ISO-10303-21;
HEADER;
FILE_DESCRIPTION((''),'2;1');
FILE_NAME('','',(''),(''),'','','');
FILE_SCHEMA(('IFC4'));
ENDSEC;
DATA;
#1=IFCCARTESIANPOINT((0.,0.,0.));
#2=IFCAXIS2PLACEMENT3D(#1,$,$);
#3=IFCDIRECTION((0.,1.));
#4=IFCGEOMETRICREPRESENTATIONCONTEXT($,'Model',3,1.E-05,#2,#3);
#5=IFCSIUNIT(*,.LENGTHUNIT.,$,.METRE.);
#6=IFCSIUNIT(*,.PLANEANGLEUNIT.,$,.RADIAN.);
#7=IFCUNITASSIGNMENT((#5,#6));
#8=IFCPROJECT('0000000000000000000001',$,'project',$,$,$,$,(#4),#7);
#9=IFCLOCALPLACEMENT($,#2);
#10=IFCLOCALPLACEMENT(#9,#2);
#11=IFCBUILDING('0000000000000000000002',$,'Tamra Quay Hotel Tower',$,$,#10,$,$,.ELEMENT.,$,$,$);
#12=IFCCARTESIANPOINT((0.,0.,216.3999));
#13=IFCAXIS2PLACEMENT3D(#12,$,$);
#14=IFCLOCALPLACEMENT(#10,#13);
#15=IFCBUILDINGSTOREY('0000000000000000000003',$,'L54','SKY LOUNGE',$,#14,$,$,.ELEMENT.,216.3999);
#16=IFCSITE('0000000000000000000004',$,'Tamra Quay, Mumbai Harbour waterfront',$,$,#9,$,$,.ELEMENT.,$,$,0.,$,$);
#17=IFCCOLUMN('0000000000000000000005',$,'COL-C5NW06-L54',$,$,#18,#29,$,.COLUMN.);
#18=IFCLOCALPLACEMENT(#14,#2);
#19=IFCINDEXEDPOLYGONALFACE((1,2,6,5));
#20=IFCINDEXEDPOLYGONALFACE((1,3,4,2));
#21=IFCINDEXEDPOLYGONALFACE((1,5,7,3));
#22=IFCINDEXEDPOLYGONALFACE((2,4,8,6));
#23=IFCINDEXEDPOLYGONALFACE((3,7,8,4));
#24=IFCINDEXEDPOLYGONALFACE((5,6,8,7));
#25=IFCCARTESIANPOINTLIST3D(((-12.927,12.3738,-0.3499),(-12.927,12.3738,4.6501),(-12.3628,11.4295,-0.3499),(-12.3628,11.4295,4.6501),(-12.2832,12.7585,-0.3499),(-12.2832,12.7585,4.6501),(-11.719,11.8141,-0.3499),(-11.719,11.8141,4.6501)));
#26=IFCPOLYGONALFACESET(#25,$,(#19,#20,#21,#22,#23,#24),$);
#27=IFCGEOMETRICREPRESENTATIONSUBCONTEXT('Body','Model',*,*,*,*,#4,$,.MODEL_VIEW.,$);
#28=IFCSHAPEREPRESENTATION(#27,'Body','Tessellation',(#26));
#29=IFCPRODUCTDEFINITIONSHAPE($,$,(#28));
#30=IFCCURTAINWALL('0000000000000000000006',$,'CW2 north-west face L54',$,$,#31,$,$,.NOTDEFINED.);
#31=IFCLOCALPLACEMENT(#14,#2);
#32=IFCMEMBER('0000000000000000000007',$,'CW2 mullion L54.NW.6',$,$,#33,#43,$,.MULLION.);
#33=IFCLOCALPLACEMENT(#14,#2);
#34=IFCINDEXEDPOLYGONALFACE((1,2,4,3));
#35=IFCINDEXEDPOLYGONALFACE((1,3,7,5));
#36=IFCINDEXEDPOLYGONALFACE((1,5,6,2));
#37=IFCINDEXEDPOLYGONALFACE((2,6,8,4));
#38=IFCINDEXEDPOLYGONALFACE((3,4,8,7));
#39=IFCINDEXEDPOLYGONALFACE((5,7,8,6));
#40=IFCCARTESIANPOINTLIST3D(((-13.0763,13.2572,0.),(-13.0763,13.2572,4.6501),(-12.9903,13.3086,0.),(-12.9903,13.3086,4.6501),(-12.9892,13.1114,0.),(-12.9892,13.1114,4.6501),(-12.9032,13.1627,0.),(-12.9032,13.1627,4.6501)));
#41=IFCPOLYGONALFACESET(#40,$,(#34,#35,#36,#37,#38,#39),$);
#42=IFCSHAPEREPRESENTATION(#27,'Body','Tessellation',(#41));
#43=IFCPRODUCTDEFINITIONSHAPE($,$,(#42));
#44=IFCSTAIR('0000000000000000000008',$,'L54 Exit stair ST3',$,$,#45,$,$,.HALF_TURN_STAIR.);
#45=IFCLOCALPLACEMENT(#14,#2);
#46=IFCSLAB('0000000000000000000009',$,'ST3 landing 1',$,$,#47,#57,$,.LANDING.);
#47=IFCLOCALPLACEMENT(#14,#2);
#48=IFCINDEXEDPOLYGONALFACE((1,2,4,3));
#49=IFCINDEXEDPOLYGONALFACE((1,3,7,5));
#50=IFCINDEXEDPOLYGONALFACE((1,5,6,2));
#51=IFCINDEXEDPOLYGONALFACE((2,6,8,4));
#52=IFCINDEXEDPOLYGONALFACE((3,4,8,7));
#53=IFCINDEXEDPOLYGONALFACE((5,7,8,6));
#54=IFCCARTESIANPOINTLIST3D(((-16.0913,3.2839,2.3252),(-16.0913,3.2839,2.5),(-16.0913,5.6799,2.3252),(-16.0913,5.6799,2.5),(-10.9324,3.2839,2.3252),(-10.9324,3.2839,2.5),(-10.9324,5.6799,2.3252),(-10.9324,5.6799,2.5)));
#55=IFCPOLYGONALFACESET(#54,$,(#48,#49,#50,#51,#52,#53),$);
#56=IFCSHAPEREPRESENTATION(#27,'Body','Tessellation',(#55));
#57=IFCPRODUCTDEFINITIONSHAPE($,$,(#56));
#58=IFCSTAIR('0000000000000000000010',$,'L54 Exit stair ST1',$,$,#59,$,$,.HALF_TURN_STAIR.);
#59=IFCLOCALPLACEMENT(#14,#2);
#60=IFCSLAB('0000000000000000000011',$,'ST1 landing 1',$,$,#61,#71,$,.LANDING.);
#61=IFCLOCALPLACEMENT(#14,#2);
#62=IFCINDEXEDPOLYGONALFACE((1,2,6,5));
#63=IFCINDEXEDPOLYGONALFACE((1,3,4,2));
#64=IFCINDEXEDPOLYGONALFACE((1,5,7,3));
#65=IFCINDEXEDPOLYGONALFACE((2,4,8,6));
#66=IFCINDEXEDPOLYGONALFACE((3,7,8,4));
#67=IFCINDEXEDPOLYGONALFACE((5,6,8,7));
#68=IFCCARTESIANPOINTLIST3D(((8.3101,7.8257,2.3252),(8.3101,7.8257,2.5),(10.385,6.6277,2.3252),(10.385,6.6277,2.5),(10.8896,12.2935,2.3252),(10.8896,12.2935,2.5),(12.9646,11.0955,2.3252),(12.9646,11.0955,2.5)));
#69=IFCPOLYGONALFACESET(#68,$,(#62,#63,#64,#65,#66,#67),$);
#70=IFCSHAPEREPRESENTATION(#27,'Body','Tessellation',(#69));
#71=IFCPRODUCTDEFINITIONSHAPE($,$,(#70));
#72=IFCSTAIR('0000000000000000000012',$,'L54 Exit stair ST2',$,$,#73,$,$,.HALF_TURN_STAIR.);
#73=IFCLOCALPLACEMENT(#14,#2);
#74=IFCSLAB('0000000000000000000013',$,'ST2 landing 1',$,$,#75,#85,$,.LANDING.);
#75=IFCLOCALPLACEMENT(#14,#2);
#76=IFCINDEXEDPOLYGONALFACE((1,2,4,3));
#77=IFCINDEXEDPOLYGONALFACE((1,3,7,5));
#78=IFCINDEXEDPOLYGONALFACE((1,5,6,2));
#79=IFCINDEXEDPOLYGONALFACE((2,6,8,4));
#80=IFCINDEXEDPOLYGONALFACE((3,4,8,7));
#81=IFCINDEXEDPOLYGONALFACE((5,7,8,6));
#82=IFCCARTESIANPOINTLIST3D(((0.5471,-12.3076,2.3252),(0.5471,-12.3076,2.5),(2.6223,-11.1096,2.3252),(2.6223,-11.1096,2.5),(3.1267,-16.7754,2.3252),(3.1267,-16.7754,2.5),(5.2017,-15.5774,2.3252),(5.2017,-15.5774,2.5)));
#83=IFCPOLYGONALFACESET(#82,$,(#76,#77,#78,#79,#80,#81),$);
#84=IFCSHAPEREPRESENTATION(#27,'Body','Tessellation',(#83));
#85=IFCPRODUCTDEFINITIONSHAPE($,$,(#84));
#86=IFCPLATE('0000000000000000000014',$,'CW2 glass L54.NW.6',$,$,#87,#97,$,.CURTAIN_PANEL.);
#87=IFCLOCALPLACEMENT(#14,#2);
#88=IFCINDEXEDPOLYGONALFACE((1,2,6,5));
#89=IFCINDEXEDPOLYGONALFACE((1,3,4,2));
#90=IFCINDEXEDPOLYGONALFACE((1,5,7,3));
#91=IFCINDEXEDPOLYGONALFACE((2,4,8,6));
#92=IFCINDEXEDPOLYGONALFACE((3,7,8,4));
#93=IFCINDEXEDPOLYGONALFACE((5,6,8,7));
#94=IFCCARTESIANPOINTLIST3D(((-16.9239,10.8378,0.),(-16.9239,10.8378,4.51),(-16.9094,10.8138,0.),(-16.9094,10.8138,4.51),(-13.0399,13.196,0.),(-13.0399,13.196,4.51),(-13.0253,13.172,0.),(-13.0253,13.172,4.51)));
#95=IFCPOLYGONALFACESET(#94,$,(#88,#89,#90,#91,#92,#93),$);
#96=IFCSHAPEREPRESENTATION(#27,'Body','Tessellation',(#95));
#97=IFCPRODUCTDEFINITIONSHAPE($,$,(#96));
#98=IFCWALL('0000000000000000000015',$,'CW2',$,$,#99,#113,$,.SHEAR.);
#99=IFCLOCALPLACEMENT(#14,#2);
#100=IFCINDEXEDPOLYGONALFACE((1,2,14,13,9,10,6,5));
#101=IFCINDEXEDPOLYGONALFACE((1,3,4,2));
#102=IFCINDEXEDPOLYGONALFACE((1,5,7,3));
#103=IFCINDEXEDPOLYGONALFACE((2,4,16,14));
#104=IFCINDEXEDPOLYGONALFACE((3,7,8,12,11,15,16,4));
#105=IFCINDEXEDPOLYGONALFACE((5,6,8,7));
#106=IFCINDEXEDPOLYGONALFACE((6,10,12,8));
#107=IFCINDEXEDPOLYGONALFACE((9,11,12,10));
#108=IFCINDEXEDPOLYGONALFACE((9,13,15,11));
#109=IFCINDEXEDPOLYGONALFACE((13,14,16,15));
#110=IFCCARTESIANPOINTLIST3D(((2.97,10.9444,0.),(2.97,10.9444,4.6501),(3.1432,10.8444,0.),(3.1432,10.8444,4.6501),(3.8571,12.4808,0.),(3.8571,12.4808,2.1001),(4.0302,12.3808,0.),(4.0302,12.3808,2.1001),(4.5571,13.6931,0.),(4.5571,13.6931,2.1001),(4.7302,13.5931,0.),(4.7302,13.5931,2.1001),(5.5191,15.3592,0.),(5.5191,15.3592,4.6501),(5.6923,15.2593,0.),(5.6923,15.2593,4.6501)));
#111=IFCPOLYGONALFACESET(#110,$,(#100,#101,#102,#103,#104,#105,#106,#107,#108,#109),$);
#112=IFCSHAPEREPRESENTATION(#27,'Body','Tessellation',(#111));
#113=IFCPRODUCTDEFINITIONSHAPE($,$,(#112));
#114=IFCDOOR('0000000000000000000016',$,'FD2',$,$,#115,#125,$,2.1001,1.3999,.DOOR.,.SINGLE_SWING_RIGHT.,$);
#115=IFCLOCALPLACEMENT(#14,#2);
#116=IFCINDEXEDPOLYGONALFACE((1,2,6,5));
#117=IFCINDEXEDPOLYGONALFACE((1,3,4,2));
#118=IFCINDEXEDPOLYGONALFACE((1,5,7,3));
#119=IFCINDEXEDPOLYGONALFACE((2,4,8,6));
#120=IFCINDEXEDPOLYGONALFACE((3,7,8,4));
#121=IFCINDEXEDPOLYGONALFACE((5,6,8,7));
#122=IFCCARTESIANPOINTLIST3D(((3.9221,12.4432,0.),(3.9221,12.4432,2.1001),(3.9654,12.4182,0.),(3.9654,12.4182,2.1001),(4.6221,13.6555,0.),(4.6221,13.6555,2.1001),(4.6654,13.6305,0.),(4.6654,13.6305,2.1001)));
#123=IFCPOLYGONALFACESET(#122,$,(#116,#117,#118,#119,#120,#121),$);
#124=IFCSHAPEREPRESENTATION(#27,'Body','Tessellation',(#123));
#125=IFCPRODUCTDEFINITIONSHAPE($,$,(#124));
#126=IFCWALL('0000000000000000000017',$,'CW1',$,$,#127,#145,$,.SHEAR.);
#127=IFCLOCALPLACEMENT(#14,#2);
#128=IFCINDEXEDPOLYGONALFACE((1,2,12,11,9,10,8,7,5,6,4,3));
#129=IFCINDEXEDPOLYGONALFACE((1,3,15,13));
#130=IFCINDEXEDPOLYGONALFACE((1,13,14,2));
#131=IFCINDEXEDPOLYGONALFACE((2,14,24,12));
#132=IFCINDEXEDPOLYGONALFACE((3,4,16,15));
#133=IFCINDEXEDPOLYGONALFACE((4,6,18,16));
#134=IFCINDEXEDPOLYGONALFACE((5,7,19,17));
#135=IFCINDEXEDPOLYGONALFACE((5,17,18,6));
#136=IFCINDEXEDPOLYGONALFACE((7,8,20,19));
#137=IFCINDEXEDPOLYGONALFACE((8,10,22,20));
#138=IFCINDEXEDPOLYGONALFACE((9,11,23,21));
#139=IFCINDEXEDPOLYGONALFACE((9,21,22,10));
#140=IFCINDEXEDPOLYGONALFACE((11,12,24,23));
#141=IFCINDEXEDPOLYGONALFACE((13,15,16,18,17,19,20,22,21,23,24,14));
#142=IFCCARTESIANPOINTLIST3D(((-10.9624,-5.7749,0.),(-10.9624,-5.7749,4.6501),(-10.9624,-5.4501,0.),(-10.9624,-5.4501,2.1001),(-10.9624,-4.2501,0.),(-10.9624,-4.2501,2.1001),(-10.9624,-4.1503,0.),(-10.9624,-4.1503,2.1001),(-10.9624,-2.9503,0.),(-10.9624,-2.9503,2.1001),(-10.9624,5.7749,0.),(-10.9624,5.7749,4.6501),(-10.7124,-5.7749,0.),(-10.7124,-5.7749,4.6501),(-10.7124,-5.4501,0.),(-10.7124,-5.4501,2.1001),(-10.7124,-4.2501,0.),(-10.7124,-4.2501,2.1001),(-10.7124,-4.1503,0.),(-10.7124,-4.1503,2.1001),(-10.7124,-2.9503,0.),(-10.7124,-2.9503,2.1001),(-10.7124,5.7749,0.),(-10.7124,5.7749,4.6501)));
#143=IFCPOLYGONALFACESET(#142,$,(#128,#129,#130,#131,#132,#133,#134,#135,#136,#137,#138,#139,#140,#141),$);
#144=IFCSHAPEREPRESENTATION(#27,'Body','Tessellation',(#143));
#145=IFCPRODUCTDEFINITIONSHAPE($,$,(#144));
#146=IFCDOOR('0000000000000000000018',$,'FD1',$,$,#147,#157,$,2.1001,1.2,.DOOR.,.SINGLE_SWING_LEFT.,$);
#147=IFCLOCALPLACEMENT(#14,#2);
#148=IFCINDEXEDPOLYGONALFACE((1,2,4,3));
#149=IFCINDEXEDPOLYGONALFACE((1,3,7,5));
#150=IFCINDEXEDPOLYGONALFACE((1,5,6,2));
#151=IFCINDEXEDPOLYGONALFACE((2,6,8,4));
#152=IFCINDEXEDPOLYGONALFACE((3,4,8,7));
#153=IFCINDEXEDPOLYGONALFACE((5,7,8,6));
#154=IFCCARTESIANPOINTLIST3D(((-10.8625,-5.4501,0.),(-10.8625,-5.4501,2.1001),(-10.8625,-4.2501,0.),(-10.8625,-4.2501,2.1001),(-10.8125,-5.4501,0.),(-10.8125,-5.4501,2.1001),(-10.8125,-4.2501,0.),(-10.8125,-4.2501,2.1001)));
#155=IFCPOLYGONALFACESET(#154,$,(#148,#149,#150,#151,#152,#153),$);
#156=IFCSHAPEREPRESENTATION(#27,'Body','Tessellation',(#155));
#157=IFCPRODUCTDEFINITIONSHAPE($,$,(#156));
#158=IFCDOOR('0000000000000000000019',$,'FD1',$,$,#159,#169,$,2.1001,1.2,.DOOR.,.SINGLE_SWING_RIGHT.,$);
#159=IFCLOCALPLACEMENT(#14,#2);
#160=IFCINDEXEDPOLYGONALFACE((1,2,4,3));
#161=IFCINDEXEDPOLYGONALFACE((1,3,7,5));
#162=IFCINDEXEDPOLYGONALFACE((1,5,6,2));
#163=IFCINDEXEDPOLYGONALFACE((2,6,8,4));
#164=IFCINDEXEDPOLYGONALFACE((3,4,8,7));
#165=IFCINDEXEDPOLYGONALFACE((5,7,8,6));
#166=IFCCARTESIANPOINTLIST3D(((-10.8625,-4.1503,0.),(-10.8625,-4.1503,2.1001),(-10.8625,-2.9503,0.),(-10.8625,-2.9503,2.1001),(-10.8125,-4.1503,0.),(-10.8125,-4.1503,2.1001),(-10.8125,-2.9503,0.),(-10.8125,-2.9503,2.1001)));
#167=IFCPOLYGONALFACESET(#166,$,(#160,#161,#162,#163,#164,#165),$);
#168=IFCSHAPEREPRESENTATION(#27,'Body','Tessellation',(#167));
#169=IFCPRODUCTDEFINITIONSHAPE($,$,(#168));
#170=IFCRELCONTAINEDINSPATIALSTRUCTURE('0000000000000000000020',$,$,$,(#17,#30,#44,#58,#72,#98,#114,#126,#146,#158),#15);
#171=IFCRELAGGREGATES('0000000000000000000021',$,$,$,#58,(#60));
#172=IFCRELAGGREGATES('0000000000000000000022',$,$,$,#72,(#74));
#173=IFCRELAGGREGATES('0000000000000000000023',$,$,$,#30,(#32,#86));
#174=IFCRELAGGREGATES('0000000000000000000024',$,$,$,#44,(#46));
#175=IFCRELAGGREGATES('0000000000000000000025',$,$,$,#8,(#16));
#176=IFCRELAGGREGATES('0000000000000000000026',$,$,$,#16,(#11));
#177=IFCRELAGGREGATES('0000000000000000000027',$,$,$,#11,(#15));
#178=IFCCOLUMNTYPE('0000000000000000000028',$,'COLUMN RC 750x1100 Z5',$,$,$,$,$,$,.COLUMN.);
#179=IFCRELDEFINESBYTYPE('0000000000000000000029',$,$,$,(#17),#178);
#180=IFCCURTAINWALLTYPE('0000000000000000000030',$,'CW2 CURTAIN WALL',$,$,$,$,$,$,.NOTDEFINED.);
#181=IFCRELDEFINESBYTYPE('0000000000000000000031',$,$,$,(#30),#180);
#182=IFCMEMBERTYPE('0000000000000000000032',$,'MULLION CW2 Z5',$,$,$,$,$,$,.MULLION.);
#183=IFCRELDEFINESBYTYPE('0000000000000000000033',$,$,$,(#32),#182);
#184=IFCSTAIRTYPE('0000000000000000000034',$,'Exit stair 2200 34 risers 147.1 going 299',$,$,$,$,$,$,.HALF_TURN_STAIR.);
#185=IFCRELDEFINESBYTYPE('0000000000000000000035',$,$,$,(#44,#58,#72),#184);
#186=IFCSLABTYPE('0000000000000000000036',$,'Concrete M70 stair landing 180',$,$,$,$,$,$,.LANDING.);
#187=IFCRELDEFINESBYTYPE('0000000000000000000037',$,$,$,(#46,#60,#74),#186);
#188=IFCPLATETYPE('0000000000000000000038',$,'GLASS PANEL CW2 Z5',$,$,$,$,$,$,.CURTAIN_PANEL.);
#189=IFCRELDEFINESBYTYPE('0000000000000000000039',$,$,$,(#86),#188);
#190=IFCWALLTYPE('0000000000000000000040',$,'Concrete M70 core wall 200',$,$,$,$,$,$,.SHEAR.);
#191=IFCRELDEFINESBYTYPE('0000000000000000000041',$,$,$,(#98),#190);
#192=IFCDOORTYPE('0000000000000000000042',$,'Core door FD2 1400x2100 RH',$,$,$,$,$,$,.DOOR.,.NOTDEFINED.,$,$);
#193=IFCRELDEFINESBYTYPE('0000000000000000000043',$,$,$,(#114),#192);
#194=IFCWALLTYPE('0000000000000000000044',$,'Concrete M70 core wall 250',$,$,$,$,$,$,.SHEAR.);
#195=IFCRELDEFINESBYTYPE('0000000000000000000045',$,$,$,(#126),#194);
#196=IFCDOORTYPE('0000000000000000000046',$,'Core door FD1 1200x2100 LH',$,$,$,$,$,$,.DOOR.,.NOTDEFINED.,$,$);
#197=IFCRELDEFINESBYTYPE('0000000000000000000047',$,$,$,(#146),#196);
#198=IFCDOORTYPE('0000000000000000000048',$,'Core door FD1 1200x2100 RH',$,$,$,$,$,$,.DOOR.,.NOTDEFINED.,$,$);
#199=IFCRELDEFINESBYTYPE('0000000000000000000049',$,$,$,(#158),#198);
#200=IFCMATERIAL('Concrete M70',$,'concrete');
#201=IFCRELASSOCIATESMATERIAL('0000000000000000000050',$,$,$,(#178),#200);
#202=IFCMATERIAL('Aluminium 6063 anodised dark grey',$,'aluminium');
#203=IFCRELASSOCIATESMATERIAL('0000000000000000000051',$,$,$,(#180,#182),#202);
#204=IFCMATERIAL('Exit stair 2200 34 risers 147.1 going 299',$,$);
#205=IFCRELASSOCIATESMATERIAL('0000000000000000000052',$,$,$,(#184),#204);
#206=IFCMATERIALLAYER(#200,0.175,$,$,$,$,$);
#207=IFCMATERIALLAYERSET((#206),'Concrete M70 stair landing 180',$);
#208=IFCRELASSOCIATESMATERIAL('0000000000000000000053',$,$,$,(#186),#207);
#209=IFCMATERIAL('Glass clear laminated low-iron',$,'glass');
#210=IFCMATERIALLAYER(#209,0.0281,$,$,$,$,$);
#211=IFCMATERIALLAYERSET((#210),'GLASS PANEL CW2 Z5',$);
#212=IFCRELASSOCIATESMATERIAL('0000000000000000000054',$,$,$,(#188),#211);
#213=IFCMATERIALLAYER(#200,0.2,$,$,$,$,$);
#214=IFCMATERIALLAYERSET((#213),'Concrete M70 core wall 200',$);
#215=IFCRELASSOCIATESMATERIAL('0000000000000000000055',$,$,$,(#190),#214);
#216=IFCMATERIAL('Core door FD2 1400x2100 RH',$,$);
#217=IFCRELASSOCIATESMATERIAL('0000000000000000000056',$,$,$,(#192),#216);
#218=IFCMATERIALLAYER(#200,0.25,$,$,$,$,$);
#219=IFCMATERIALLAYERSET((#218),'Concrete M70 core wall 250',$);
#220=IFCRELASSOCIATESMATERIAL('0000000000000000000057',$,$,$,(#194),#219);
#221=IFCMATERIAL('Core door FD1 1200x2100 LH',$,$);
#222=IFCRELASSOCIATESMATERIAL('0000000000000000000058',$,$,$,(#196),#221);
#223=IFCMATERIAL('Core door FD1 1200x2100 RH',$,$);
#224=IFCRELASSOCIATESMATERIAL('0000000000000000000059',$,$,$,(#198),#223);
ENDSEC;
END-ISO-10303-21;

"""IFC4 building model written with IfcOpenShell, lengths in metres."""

from ifc_helpers import new_model, si_unit, direction, frame, frame_2d, origin, origin_2d, place, context, subcontext, project, spatial, polyline, rectangle, outline, extrude, material, layer, layer_set, material_profile, profile_set, type_object, element, fill, aggregate, save


model = new_model("IFC4")

# Units and contexts
model_context = context("Model", 3, precision=1e-05, world=origin(), true_north=direction((0.0, 1.0)))
body_context = subcontext(model_context, "Body", "Model", "MODEL_VIEW")
ifc_project = project(units=[si_unit("LENGTHUNIT", "METRE"), si_unit("PLANEANGLEUNIT", "RADIAN")], contexts=[model_context])

# Site, building, storey
site_placement = place(None, origin())
site = spatial("IfcSite", under=ifc_project, at=site_placement, Name="Tamra Quay, Mumbai Harbour waterfront", CompositionType="ELEMENT", RefElevation=0.0)
building_placement = place(site_placement, origin())
building = spatial("IfcBuilding", under=site, at=building_placement, Name="Tamra Quay Hotel Tower", CompositionType="ELEMENT")
storey_placement = place(building_placement, frame((0.0, 0.0, 216.3999)))
storey = spatial("IfcBuildingStorey", under=building, at=storey_placement, Name="L54", Description="SKY LOUNGE", CompositionType="ELEMENT", Elevation=216.3999)

# Column
ifc_material_1 = material(Name="Concrete M70", Category="concrete")
ifc_material_profile_1 = material_profile(ifc_material_1, rectangle(XDim=1.1001, YDim=0.75, at=origin_2d()), Name="COLUMN RC 750x1100 Z5")
ifc_profile_set_1 = profile_set([ifc_material_profile_1], Name="Concrete M70")
column_type = type_object("IfcColumnType", Name="COLUMN RC 750x1100 Z5", PredefinedType="COLUMN", material=ifc_profile_set_1)
column_placement = place(storey_placement, frame((-12.323, 12.094, -0.3499), z_axis=(0.0, 0.0, 1.0), x_axis=(-0.512899, 0.858449, 0.0)))
element("IfcColumn", 1, at=column_placement, inside=storey, type_object=column_type, Name="COL-C5NW06-L54", PredefinedType="COLUMN", context=body_context, shape_type="SweptSolid", body=[
    extrude(rectangle(XDim=1.1001, YDim=0.75, at=origin_2d()), origin(), (0.0, 0.0, 1.0), 5.0),
])

# Curtain wall, member
ifc_material_2 = material(Name="Aluminium 6063 anodised dark grey", Category="aluminium")
curtain_wall_type = type_object("IfcCurtainWallType", Name="CW2 CURTAIN WALL", PredefinedType="NOTDEFINED", material=ifc_material_2)
curtain_wall_placement = place(storey_placement, origin())
curtain_wall = element("IfcCurtainWall", 2, at=curtain_wall_placement, inside=storey, type_object=curtain_wall_type, Name="CW2 north-west face L54", PredefinedType="NOTDEFINED")
ifc_material_profile_2 = material_profile(ifc_material_2, rectangle(XDim=0.1699, YDim=0.1001, at=origin_2d()), Name="MULLION 100X170")
ifc_profile_set_2 = profile_set([ifc_material_profile_2], Name="Aluminium 6063 anodised dark grey")
member_type = type_object("IfcMemberType", Name="MULLION CW2 Z5", PredefinedType="MULLION", material=ifc_profile_set_2)
member_placement = place(storey_placement, frame((-12.9897, 13.21, 0.0), z_axis=(0.0, 0.0, 1.0), x_axis=(-0.512687, 0.858575, 0.0)))
member = element("IfcMember", 3, at=member_placement, type_object=member_type, Name="CW2 mullion L54.NW.6", PredefinedType="MULLION", context=body_context, shape_type="SweptSolid", body=[
    extrude(rectangle(XDim=0.1699, YDim=0.1001, at=origin_2d()), origin(), (0.0, 0.0, 1.0), 4.6501),
])

# Stairs, slabs
ifc_material_3 = material(Name="Exit stair 2200 34 risers 147.1 going 299")
stair_type = type_object("IfcStairType", Name="Exit stair 2200 34 risers 147.1 going 299", PredefinedType="HALF_TURN_STAIR", material=ifc_material_3)
stair_1_placement = place(storey_placement, origin())
stair_1 = element("IfcStair", 4, at=stair_1_placement, inside=storey, type_object=stair_type, Name="L54 Exit stair ST3", PredefinedType="HALF_TURN_STAIR")
ifc_layer_1 = layer(ifc_material_1, 0.175)
ifc_layer_set_1 = layer_set([ifc_layer_1], Name="Concrete M70 stair landing 180")
slab_type_1 = type_object("IfcSlabType", Name="Concrete M70 stair landing 180", PredefinedType="LANDING", material=ifc_layer_set_1)
slab_1_placement = place(storey_placement, frame((0.0, 0.0, 2.3252)))
slab_1 = element("IfcSlab", 5, at=slab_1_placement, type_object=slab_type_1, Name="ST3 landing 1", PredefinedType="LANDING", context=body_context, shape_type="SweptSolid", body=[
    extrude(outline(polyline([(-10.9324, 3.2839), (-10.9324, 5.6799), (-16.0913, 5.6799), (-16.0913, 3.2839), (-10.9324, 3.2839)])), origin(), (0.0, 0.0, 1.0), 0.1748),
])
stair_2_placement = place(storey_placement, origin())
stair_2 = element("IfcStair", 6, at=stair_2_placement, inside=storey, type_object=stair_type, Name="L54 Exit stair ST1", PredefinedType="HALF_TURN_STAIR")
slab_2_placement = place(storey_placement, frame((0.0, 0.0, 2.3252)))
slab_2 = element("IfcSlab", 7, at=slab_2_placement, type_object=slab_type_1, Name="ST1 landing 1", PredefinedType="LANDING", context=body_context, shape_type="SweptSolid", body=[
    extrude(outline(polyline([(8.3101, 7.8257), (10.385, 6.6277), (12.9646, 11.0955), (10.8896, 12.2935), (8.3101, 7.8257)])), origin(), (0.0, 0.0, 1.0), 0.1748),
])
aggregate(stair_2, [slab_2])
stair_3_placement = place(storey_placement, origin())
stair_3 = element("IfcStair", 8, at=stair_3_placement, inside=storey, type_object=stair_type, Name="L54 Exit stair ST2", PredefinedType="HALF_TURN_STAIR")
slab_3_placement = place(storey_placement, frame((0.0, 0.0, 2.3252)))
slab_3 = element("IfcSlab", 9, at=slab_3_placement, type_object=slab_type_1, Name="ST2 landing 1", PredefinedType="LANDING", context=body_context, shape_type="SweptSolid", body=[
    extrude(outline(polyline([(2.6223, -11.1096), (0.5471, -12.3076), (3.1267, -16.7754), (5.2017, -15.5774), (2.6223, -11.1096)])), origin(), (0.0, 0.0, 1.0), 0.1748),
])
aggregate(stair_3, [slab_3])

# Plate
ifc_material_4 = material(Name="Glass clear laminated low-iron", Category="glass")
ifc_layer_2 = layer(ifc_material_4, 0.0281)
ifc_layer_set_2 = layer_set([ifc_layer_2], Name="GLASS PANEL CW2 Z5")
plate_type = type_object("IfcPlateType", Name="GLASS PANEL CW2 Z5", PredefinedType="CURTAIN_PANEL", material=ifc_layer_set_2)
plate_placement = place(storey_placement, frame((-14.9746, 12.0049, 0.0), z_axis=(0.0, 0.0, 1.0), x_axis=(-0.854783, -0.518985, 0.0)))
plate = element("IfcPlate", 10, at=plate_placement, type_object=plate_type, Name="CW2 glass L54.NW.6", PredefinedType="CURTAIN_PANEL", context=body_context, shape_type="SweptSolid", body=[
    extrude(rectangle(XDim=4.5439, YDim=0.0281, at=origin_2d()), origin(), (0.0, 0.0, 1.0), 4.51),
])
aggregate(curtain_wall, [member, plate])

# Wall, opening, door
ifc_layer_3 = layer(ifc_material_1, 0.2)
ifc_layer_set_3 = layer_set([ifc_layer_3], Name="Concrete M70 core wall 200")
wall_type_1 = type_object("IfcWallType", Name="Concrete M70 core wall 200", PredefinedType="SHEAR", material=ifc_layer_set_3)
wall_1_placement = place(storey_placement, frame((3.0566, 10.8945, 0.0), z_axis=(0.0, 0.0, 1.0), x_axis=(0.500028, 0.866009, 0.0)))
wall_1 = element("IfcWall", 11, at=wall_1_placement, inside=storey, type_object=wall_type_1, Name="CW2", PredefinedType="SHEAR", context=body_context, shape_type="SweptSolid", body=[
    extrude(rectangle(XDim=5.0979, YDim=0.2, at=frame_2d((2.5488, 0.0))), origin(), (0.0, 0.0, 1.0), 4.6501),
])
opening_1_placement = place(wall_1_placement, frame((1.7739, 0.0, 0.0)))
opening_1 = element("IfcOpeningElement", 12, at=opening_1_placement, cuts=wall_1, PredefinedType="OPENING", context=body_context, shape_type="SweptSolid", body=[
    extrude(rectangle(XDim=1.3999, YDim=2.1001, at=frame_2d((0.7, 1.05))), frame((0.0, 0.1099, 0.0), z_axis=(0.0, -1.0, 0.0), x_axis=(1.0, 0.0, 0.0)), (0.0, 0.0, 1.0), 0.22),
])
ifc_material_5 = material(Name="Core door FD2 1400x2100 RH")
door_type_1 = type_object("IfcDoorType", Name="Core door FD2 1400x2100 RH", OperationType="NOTDEFINED", PredefinedType="DOOR", material=ifc_material_5)
door_1_placement = place(opening_1_placement, origin())
door_1 = element("IfcDoor", 13, at=door_1_placement, inside=storey, type_object=door_type_1, Name="FD2", OperationType="SINGLE_SWING_RIGHT", OverallHeight=2.1001, OverallWidth=1.3999, PredefinedType="DOOR", context=body_context, shape_type="SweptSolid", body=[
    extrude(rectangle(XDim=1.3999, YDim=2.1001, at=frame_2d((0.7, 1.05))), frame((0.0, 0.0249, 0.0), z_axis=(0.0, -1.0, 0.0), x_axis=(1.0, 0.0, 0.0)), (0.0, 0.0, 1.0), 0.05),
])
fill(opening_1, door_1)

# Wall, openings, doors
ifc_layer_4 = layer(ifc_material_1, 0.25)
ifc_layer_set_4 = layer_set([ifc_layer_4], Name="Concrete M70 core wall 250")
wall_type_2 = type_object("IfcWallType", Name="Concrete M70 core wall 250", PredefinedType="SHEAR", material=ifc_layer_set_4)
wall_2_placement = place(storey_placement, frame((-10.8374, 5.7749, 0.0), z_axis=(0.0, 0.0, 1.0), x_axis=(0.0, -1.0, 0.0)))
wall_2 = element("IfcWall", 14, at=wall_2_placement, inside=storey, type_object=wall_type_2, Name="CW1", PredefinedType="SHEAR", context=body_context, shape_type="SweptSolid", body=[
    extrude(rectangle(XDim=11.5498, YDim=0.25, at=frame_2d((5.7749, 0.0))), origin(), (0.0, 0.0, 1.0), 4.6501),
])
opening_2_placement = place(wall_2_placement, frame((10.0249, 0.0, 0.0)))
opening_2 = element("IfcOpeningElement", 15, at=opening_2_placement, cuts=wall_2, PredefinedType="OPENING", context=body_context, shape_type="SweptSolid", body=[
    extrude(rectangle(XDim=1.2, YDim=2.1001, at=frame_2d((0.6001, 1.05))), frame((0.0, 0.135, 0.0), z_axis=(0.0, -1.0, 0.0), x_axis=(1.0, 0.0, 0.0)), (0.0, 0.0, 1.0), 0.27),
])
opening_3_placement = place(wall_2_placement, frame((8.7251, 0.0, 0.0)))
opening_3 = element("IfcOpeningElement", 16, at=opening_3_placement, cuts=wall_2, PredefinedType="OPENING", context=body_context, shape_type="SweptSolid", body=[
    extrude(rectangle(XDim=1.2, YDim=2.1001, at=frame_2d((0.6001, 1.05))), frame((0.0, 0.135, 0.0), z_axis=(0.0, -1.0, 0.0), x_axis=(1.0, 0.0, 0.0)), (0.0, 0.0, 1.0), 0.27),
])
ifc_material_6 = material(Name="Core door FD1 1200x2100 LH")
door_type_2 = type_object("IfcDoorType", Name="Core door FD1 1200x2100 LH", OperationType="NOTDEFINED", PredefinedType="DOOR", material=ifc_material_6)
door_2_placement = place(opening_2_placement, origin())
door_2 = element("IfcDoor", 17, at=door_2_placement, inside=storey, type_object=door_type_2, Name="FD1", OperationType="SINGLE_SWING_LEFT", OverallHeight=2.1001, OverallWidth=1.2, PredefinedType="DOOR", context=body_context, shape_type="SweptSolid", body=[
    extrude(rectangle(XDim=1.2, YDim=2.1001, at=frame_2d((0.6001, 1.05))), frame((0.0, 0.0249, 0.0), z_axis=(0.0, -1.0, 0.0), x_axis=(1.0, 0.0, 0.0)), (0.0, 0.0, 1.0), 0.05),
])
fill(opening_2, door_2)
ifc_material_7 = material(Name="Core door FD1 1200x2100 RH")
door_type_3 = type_object("IfcDoorType", Name="Core door FD1 1200x2100 RH", OperationType="NOTDEFINED", PredefinedType="DOOR", material=ifc_material_7)
door_3_placement = place(opening_3_placement, origin())
door_3 = element("IfcDoor", 18, at=door_3_placement, inside=storey, type_object=door_type_3, Name="FD1", OperationType="SINGLE_SWING_RIGHT", OverallHeight=2.1001, OverallWidth=1.2, PredefinedType="DOOR", context=body_context, shape_type="SweptSolid", body=[
    extrude(rectangle(XDim=1.2, YDim=2.1001, at=frame_2d((0.6001, 1.05))), frame((0.0, 0.0249, 0.0), z_axis=(0.0, -1.0, 0.0), x_axis=(1.0, 0.0, 0.0)), (0.0, 0.0, 1.0), 0.05),
])
fill(opening_3, door_3)

aggregate(stair_1, [slab_1])

save(model, "model.ifc")
